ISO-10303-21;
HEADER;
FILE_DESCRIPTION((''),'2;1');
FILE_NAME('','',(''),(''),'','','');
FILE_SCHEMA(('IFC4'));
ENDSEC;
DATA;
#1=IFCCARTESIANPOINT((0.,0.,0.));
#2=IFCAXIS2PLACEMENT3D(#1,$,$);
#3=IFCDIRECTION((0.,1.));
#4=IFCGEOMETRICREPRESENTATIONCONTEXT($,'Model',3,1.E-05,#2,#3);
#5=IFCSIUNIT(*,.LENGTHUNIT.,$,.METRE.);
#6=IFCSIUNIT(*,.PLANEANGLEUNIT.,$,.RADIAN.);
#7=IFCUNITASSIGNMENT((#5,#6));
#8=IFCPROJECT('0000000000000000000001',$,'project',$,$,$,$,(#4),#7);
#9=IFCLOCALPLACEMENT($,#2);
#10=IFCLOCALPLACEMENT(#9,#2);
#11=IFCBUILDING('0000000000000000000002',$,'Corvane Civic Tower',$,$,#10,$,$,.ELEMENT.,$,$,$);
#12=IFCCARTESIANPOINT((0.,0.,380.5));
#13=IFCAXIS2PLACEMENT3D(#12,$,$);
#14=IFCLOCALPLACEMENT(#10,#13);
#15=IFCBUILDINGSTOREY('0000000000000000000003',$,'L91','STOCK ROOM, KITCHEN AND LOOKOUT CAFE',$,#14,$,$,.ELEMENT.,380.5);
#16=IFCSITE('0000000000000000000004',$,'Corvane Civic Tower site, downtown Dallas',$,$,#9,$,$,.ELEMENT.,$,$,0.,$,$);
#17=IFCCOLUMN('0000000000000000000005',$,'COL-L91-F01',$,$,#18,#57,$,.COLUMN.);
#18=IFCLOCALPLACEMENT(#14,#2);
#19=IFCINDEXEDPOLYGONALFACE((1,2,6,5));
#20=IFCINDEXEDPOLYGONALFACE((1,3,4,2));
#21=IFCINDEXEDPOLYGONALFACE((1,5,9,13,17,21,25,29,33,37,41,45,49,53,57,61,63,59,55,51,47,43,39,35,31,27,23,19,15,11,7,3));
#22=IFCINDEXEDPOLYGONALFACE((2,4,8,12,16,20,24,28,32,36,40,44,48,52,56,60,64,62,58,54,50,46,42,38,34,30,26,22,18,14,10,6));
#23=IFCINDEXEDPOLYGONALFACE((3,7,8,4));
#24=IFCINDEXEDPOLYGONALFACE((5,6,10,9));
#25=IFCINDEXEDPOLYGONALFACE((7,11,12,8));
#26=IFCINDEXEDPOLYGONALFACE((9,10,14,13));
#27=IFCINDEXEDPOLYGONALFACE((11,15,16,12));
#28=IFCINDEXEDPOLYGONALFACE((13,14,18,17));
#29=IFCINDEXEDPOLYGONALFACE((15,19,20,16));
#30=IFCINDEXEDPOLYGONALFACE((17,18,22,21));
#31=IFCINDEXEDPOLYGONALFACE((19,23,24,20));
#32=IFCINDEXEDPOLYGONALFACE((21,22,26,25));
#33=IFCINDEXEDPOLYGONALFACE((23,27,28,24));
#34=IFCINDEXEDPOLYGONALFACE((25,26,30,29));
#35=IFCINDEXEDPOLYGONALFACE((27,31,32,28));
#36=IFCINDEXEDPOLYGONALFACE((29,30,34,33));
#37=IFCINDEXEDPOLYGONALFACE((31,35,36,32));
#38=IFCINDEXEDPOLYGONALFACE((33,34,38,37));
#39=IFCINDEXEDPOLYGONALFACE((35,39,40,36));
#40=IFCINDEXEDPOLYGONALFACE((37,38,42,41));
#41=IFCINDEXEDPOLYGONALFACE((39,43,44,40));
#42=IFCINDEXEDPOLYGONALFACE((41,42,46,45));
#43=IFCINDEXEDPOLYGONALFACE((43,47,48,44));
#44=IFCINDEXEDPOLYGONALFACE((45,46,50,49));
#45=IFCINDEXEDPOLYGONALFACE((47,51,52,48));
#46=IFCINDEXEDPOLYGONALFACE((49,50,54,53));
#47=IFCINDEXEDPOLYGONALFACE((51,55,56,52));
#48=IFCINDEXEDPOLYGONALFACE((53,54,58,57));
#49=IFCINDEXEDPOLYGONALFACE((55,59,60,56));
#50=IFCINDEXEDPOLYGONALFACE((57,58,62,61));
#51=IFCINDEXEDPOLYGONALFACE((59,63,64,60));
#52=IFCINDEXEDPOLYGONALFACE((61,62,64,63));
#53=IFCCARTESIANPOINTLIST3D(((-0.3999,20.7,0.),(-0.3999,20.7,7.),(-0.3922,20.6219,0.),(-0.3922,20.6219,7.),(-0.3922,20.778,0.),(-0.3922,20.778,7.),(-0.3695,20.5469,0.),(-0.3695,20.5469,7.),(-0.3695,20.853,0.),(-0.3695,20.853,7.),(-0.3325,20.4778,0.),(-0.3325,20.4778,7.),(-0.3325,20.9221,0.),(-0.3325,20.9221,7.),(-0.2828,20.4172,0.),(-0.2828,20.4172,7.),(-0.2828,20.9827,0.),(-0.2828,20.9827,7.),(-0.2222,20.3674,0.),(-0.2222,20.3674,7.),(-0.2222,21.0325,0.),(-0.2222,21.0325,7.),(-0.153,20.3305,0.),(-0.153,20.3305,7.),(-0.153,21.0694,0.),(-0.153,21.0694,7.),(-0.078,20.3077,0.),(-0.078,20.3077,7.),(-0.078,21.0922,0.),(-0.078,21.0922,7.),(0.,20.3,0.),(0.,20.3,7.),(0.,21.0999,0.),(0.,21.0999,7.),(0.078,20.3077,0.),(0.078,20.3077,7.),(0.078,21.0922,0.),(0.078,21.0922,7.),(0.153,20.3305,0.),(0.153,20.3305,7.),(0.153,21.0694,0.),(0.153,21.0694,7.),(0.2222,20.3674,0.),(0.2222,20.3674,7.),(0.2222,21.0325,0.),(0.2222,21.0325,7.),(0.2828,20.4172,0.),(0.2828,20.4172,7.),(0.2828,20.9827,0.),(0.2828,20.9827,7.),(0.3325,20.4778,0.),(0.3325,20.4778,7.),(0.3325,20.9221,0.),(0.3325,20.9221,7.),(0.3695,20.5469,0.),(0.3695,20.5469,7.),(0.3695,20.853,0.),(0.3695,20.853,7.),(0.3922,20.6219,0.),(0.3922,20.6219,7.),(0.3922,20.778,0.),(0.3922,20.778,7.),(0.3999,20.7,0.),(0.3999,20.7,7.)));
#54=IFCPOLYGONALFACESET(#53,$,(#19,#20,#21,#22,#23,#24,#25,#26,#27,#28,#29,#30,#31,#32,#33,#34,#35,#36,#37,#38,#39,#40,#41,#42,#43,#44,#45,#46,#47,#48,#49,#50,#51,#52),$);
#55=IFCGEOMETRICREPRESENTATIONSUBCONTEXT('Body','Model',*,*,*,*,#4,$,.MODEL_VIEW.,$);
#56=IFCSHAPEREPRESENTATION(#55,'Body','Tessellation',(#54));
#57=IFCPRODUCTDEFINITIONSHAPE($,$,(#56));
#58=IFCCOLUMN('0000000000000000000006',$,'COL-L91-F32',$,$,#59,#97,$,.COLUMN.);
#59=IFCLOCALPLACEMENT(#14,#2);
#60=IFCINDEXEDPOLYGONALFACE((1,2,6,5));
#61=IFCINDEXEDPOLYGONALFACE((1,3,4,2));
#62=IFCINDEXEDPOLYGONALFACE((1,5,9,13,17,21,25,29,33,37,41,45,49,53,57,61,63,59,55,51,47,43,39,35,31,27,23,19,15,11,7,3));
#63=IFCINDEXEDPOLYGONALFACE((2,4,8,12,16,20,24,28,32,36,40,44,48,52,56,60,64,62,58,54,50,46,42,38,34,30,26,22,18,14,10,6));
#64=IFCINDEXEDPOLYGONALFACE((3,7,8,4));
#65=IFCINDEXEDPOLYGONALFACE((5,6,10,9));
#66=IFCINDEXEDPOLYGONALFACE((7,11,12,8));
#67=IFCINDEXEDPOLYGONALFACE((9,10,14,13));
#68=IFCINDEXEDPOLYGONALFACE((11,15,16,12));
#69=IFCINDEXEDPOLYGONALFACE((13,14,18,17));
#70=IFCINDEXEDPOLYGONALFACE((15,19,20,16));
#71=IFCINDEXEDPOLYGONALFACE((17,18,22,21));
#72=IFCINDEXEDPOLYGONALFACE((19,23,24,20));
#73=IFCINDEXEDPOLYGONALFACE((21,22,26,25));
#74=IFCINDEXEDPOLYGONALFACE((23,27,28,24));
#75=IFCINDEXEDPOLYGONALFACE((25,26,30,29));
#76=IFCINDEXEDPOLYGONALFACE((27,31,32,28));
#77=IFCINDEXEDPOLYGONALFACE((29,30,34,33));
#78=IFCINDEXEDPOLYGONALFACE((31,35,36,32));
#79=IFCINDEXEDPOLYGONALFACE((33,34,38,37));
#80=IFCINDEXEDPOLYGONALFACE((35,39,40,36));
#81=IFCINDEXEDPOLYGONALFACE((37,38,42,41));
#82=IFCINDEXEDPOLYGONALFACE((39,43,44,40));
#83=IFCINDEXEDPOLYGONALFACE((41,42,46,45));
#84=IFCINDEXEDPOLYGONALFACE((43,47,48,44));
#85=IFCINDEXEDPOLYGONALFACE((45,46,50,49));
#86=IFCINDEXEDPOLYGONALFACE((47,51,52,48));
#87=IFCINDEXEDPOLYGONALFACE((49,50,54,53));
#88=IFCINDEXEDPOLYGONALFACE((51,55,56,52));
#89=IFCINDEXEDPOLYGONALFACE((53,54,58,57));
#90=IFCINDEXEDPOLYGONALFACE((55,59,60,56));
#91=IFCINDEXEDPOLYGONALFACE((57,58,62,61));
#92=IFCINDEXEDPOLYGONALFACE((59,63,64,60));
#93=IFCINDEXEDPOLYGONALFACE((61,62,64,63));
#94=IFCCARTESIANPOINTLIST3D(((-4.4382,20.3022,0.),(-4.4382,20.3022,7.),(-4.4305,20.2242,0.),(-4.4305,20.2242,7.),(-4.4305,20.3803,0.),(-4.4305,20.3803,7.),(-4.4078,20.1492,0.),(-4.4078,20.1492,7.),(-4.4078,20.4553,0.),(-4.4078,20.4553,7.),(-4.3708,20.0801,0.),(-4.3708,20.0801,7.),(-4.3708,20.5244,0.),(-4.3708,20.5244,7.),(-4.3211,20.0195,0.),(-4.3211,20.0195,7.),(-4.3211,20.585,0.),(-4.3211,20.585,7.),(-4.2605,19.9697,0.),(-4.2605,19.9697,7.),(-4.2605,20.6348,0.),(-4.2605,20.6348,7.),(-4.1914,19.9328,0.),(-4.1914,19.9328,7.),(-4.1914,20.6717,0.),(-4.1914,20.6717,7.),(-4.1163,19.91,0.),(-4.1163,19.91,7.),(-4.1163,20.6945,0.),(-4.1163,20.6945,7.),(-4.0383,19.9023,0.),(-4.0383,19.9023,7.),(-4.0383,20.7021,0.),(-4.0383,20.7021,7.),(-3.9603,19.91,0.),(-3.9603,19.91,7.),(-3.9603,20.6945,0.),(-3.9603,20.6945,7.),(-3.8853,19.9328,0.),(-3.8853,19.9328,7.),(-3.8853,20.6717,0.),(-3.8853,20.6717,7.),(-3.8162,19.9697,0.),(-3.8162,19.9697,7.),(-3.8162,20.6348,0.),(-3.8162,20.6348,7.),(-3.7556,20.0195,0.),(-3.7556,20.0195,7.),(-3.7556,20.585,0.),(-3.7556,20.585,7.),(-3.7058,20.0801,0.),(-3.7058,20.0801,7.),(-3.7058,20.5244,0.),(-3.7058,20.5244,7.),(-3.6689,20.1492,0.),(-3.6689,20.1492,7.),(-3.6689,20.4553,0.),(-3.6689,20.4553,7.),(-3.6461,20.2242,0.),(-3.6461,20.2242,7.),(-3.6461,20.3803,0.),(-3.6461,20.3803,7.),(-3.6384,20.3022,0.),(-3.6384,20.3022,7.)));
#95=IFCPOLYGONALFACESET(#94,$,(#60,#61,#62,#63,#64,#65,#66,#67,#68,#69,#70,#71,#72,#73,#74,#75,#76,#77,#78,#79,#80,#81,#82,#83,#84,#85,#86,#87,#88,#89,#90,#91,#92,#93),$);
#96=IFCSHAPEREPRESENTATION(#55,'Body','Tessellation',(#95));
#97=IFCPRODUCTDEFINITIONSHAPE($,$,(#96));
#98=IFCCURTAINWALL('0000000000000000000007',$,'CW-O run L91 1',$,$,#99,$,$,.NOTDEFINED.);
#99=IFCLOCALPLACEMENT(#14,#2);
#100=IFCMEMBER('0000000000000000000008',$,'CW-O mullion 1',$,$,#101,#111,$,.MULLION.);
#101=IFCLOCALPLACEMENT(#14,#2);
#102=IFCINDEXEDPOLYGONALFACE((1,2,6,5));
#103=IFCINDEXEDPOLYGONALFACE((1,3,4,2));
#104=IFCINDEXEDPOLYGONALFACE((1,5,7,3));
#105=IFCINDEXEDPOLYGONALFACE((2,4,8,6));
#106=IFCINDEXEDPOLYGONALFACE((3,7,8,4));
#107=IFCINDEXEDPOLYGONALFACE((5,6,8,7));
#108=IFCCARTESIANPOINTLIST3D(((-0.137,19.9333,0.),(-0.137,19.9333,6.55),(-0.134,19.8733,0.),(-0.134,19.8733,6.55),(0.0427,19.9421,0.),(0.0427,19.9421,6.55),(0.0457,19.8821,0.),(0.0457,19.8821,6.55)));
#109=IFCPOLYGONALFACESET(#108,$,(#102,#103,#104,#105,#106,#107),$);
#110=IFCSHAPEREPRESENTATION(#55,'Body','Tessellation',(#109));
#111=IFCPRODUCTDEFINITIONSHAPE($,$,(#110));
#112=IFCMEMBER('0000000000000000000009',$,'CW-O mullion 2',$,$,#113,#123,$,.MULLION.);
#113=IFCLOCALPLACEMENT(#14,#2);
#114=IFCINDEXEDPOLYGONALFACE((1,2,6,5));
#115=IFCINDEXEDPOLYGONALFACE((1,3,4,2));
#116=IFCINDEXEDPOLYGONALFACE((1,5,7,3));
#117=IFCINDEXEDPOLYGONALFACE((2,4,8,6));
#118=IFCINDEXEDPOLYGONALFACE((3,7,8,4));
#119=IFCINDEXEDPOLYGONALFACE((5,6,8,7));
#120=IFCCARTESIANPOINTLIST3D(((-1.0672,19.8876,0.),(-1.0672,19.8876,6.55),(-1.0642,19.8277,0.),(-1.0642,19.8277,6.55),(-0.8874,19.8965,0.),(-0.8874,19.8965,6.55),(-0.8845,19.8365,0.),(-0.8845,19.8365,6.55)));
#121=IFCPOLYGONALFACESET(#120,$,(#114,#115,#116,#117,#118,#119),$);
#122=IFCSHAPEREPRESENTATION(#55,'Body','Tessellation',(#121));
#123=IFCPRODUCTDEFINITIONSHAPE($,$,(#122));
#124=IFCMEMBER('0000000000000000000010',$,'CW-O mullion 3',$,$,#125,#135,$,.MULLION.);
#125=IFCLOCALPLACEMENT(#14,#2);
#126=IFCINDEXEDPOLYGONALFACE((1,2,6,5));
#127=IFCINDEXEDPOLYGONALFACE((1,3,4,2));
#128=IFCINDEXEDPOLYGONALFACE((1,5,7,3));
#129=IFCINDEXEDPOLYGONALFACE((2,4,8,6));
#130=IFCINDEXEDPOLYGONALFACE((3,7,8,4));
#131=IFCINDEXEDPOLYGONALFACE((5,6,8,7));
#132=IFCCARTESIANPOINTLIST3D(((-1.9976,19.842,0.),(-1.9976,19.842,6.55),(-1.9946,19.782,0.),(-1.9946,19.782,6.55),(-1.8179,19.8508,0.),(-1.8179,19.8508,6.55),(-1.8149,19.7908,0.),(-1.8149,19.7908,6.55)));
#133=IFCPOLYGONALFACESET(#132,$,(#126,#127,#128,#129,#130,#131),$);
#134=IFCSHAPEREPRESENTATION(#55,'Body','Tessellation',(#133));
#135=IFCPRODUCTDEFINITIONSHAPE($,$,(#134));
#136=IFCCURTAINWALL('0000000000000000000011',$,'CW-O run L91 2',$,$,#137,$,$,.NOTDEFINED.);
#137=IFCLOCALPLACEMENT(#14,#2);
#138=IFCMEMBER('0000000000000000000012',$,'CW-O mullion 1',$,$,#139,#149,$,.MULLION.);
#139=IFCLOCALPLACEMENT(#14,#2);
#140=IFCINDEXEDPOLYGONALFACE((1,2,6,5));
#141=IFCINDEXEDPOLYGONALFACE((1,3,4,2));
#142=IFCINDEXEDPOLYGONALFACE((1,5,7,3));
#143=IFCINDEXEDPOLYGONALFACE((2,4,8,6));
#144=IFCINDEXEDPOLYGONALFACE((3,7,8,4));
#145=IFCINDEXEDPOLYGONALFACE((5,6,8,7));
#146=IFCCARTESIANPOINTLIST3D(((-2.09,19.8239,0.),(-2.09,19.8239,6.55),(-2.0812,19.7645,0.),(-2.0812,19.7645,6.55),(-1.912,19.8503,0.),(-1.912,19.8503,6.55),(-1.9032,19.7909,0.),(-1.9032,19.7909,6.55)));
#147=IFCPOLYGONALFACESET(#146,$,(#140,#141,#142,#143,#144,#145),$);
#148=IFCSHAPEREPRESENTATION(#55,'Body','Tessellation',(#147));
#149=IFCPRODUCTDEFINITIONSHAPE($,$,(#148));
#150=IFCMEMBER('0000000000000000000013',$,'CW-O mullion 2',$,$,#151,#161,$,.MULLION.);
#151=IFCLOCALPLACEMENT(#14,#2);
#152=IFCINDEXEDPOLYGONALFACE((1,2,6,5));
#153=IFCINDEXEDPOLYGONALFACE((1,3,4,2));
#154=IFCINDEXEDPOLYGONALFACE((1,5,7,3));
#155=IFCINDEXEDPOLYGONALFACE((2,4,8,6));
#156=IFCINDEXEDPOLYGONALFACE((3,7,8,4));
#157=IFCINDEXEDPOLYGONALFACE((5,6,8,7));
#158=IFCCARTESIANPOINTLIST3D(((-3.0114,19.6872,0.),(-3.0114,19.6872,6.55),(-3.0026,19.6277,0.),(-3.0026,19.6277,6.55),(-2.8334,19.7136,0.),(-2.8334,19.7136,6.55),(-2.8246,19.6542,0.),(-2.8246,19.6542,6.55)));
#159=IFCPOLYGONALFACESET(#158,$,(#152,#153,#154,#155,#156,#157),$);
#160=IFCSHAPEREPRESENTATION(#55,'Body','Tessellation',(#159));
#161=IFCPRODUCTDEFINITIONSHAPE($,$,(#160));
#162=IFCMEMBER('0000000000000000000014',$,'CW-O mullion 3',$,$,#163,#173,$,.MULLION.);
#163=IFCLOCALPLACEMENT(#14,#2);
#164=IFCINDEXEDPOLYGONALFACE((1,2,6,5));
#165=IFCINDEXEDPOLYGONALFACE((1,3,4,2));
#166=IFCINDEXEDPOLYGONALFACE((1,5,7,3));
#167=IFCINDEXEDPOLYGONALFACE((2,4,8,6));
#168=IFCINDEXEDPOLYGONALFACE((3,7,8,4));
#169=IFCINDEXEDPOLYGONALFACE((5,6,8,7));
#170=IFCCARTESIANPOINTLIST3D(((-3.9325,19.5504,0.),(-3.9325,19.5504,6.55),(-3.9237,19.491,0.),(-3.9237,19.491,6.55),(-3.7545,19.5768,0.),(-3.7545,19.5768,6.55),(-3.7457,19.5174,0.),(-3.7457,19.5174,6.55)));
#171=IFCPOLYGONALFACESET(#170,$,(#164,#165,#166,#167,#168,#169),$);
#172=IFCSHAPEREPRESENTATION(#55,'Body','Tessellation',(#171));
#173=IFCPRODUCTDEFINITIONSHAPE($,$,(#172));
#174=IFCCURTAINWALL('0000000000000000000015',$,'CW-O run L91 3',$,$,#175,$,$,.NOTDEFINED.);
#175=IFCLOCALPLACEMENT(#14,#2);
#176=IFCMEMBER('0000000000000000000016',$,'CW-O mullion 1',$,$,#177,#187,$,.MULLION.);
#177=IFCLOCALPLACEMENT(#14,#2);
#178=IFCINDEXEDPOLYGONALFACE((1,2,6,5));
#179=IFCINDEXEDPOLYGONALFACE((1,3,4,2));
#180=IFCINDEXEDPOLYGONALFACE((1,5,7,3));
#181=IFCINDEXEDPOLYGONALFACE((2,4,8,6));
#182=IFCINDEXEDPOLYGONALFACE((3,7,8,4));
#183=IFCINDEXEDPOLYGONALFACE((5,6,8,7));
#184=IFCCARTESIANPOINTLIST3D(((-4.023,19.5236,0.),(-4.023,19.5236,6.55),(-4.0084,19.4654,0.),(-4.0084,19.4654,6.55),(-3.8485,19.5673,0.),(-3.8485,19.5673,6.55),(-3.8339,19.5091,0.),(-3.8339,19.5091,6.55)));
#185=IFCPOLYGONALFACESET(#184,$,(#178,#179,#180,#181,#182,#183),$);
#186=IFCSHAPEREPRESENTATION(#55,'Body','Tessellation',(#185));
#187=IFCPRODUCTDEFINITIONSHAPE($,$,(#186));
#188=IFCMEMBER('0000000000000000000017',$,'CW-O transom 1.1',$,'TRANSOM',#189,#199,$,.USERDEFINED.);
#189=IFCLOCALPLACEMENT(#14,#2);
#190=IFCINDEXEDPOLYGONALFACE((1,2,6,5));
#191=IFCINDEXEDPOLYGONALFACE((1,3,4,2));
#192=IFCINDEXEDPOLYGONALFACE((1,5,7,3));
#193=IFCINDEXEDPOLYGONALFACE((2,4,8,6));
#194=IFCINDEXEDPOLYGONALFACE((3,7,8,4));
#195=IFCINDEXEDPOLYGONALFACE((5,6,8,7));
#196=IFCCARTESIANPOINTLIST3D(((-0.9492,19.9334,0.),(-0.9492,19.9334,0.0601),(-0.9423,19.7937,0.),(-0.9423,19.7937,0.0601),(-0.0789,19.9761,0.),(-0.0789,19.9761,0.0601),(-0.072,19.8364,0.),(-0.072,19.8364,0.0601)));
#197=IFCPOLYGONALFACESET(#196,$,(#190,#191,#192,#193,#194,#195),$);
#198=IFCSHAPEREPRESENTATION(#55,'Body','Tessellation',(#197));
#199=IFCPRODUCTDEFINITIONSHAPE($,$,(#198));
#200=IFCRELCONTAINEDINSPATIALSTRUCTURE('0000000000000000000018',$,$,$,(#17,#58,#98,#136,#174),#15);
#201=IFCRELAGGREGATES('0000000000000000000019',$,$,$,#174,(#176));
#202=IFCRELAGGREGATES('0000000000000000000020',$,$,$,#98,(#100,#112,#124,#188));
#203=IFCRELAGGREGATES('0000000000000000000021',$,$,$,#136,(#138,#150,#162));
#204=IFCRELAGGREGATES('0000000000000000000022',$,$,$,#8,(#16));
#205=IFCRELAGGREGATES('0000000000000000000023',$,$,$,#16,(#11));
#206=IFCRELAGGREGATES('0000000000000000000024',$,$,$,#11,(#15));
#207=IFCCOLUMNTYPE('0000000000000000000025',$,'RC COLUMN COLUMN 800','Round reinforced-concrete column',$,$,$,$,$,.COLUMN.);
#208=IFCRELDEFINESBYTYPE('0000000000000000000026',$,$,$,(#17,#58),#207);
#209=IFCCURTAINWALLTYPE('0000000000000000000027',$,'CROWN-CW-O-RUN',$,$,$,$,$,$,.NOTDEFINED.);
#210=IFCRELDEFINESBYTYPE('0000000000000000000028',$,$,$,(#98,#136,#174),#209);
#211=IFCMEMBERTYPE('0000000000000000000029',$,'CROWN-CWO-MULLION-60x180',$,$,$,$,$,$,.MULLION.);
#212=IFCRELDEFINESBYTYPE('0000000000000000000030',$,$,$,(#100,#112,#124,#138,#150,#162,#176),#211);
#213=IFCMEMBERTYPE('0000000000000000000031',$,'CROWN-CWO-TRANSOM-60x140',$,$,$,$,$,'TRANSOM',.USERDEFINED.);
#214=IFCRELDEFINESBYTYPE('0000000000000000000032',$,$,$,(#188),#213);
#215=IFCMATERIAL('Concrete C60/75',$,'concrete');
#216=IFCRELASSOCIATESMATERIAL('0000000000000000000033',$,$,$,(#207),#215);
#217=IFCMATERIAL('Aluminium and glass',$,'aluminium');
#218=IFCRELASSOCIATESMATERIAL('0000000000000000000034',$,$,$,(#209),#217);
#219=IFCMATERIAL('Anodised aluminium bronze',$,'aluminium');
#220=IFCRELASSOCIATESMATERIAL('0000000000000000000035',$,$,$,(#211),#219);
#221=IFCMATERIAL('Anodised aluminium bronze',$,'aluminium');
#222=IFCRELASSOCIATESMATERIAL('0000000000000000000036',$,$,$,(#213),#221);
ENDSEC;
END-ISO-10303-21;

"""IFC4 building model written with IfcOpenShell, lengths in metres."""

from ifc_helpers import new_model, si_unit, direction, frame, origin, origin_2d, place, context, subcontext, project, spatial, rectangle, circle, extrude, material, material_profile, profile_set, type_object, element, aggregate, save


model = new_model("IFC4")

# Units and contexts
model_context = context("Model", 3, precision=1e-05, world=origin(), true_north=direction((0.0, 1.0)))
body_context = subcontext(model_context, "Body", "Model", "MODEL_VIEW")
ifc_project = project(units=[si_unit("LENGTHUNIT", "METRE"), si_unit("PLANEANGLEUNIT", "RADIAN")], contexts=[model_context])

# Site, building, storey
site_placement = place(None, origin())
site = spatial("IfcSite", under=ifc_project, at=site_placement, Name="Corvane Civic Tower site, downtown Dallas", CompositionType="ELEMENT", RefElevation=0.0)
building_placement = place(site_placement, origin())
building = spatial("IfcBuilding", under=site, at=building_placement, Name="Corvane Civic Tower", CompositionType="ELEMENT")
storey_placement = place(building_placement, frame((0.0, 0.0, 380.5)))
storey = spatial("IfcBuildingStorey", under=building, at=storey_placement, Name="L91", Description="STOCK ROOM, KITCHEN AND LOOKOUT CAFE", CompositionType="ELEMENT", Elevation=380.5)

# Columns
ifc_material_1 = material(Name="Concrete C60/75", Category="concrete")
ifc_material_profile_1 = material_profile(ifc_material_1, circle(Radius=0.3999, at=origin_2d()), Name="COLUMN 800")
ifc_profile_set_1 = profile_set([ifc_material_profile_1], Name="Concrete C60/75")
column_type = type_object("IfcColumnType", Name="RC COLUMN COLUMN 800", Description="Round reinforced-concrete column", PredefinedType="COLUMN", material=ifc_profile_set_1)
for number, where, z_axis, x_axis, name in (
    (1, (0.0, 20.7, 0.0), (0.0, 0.0, 1.0), (1.0, 0.0, 0.0), "COL-L91-F01"),
    (2, (-4.0383, 20.3022, 0.0), (0.0, 0.0, 1.0), (1.0, 0.0, 0.0), "COL-L91-F32"),
):
    element("IfcColumn", number, at=place(storey_placement, frame(where, z_axis=z_axis, x_axis=x_axis)), inside=storey, type_object=column_type, Name=name, PredefinedType="COLUMN", context=body_context, shape_type="SweptSolid", body=[
        extrude(circle(Radius=0.3999, at=origin_2d()), origin(), (0.0, 0.0, 1.0), 7.0),
    ])

# Curtain walls, members
ifc_material_2 = material(Name="Aluminium and glass", Category="aluminium")
curtain_wall_type = type_object("IfcCurtainWallType", Name="CROWN-CW-O-RUN", PredefinedType="NOTDEFINED", material=ifc_material_2)
curtain_wall_1_placement = place(storey_placement, origin())
curtain_wall_1 = element("IfcCurtainWall", 3, at=curtain_wall_1_placement, inside=storey, type_object=curtain_wall_type, Name="CW-O run L91 1", PredefinedType="NOTDEFINED")
ifc_material_3 = material(Name="Anodised aluminium bronze", Category="aluminium")
ifc_material_profile_2 = material_profile(ifc_material_3, rectangle(XDim=0.0601, YDim=0.1799, at=origin_2d()), Name="AL 60x180")
ifc_profile_set_2 = profile_set([ifc_material_profile_2], Name="Anodised aluminium bronze")
member_type_1 = type_object("IfcMemberType", Name="CROWN-CWO-MULLION-60x180", PredefinedType="MULLION", material=ifc_profile_set_2)
member_1_placement = place(storey_placement, frame((-0.0457, 19.9077, 0.0), z_axis=(0.0, 0.0, 1.0), x_axis=(0.048991, -0.998799, 0.0)))
member_1 = element("IfcMember", 4, at=member_1_placement, type_object=member_type_1, Name="CW-O mullion 1", PredefinedType="MULLION", context=body_context, shape_type="SweptSolid", body=[
    extrude(rectangle(XDim=0.0601, YDim=0.1799, at=origin_2d()), origin(), (0.0, 0.0, 1.0), 6.55),
])
member_2_placement = place(storey_placement, frame((-0.9758, 19.8621, 0.0), z_axis=(0.0, 0.0, 1.0), x_axis=(0.048991, -0.998799, 0.0)))
member_2 = element("IfcMember", 5, at=member_2_placement, type_object=member_type_1, Name="CW-O mullion 2", PredefinedType="MULLION", context=body_context, shape_type="SweptSolid", body=[
    extrude(rectangle(XDim=0.0601, YDim=0.1799, at=origin_2d()), origin(), (0.0, 0.0, 1.0), 6.55),
])
member_3_placement = place(storey_placement, frame((-1.9062, 19.8164, 0.0), z_axis=(0.0, 0.0, 1.0), x_axis=(0.048991, -0.998799, 0.0)))
member_3 = element("IfcMember", 6, at=member_3_placement, type_object=member_type_1, Name="CW-O mullion 3", PredefinedType="MULLION", context=body_context, shape_type="SweptSolid", body=[
    extrude(rectangle(XDim=0.0601, YDim=0.1799, at=origin_2d()), origin(), (0.0, 0.0, 1.0), 6.55),
])
curtain_wall_2_placement = place(storey_placement, origin())
curtain_wall_2 = element("IfcCurtainWall", 7, at=curtain_wall_2_placement, inside=storey, type_object=curtain_wall_type, Name="CW-O run L91 2", PredefinedType="NOTDEFINED")
member_4_placement = place(storey_placement, frame((-1.9966, 19.8074, 0.0), z_axis=(0.0, 0.0, 1.0), x_axis=(0.146771, -0.98917, 0.0)))
member_4 = element("IfcMember", 8, at=member_4_placement, type_object=member_type_1, Name="CW-O mullion 1", PredefinedType="MULLION", context=body_context, shape_type="SweptSolid", body=[
    extrude(rectangle(XDim=0.0601, YDim=0.1799, at=origin_2d()), origin(), (0.0, 0.0, 1.0), 6.55),
])
member_5_placement = place(storey_placement, frame((-2.918, 19.6707, 0.0), z_axis=(0.0, 0.0, 1.0), x_axis=(0.146771, -0.98917, 0.0)))
member_5 = element("IfcMember", 9, at=member_5_placement, type_object=member_type_1, Name="CW-O mullion 2", PredefinedType="MULLION", context=body_context, shape_type="SweptSolid", body=[
    extrude(rectangle(XDim=0.0601, YDim=0.1799, at=origin_2d()), origin(), (0.0, 0.0, 1.0), 6.55),
])
member_6_placement = place(storey_placement, frame((-3.8391, 19.5339, 0.0), z_axis=(0.0, 0.0, 1.0), x_axis=(0.146771, -0.98917, 0.0)))
member_6 = element("IfcMember", 10, at=member_6_placement, type_object=member_type_1, Name="CW-O mullion 3", PredefinedType="MULLION", context=body_context, shape_type="SweptSolid", body=[
    extrude(rectangle(XDim=0.0601, YDim=0.1799, at=origin_2d()), origin(), (0.0, 0.0, 1.0), 6.55),
])

# Curtain wall, member
curtain_wall_3_placement = place(storey_placement, origin())
curtain_wall_3 = element("IfcCurtainWall", 11, at=curtain_wall_3_placement, inside=storey, type_object=curtain_wall_type, Name="CW-O run L91 3", PredefinedType="NOTDEFINED")
member_7_placement = place(storey_placement, frame((-3.9285, 19.5164, 0.0), z_axis=(0.0, 0.0, 1.0), x_axis=(0.242952, -0.970038, 0.0)))
member_7 = element("IfcMember", 12, at=member_7_placement, type_object=member_type_1, Name="CW-O mullion 1", PredefinedType="MULLION", context=body_context, shape_type="SweptSolid", body=[
    extrude(rectangle(XDim=0.0601, YDim=0.1799, at=origin_2d()), origin(), (0.0, 0.0, 1.0), 6.55),
])

# Member
ifc_material_4 = material(Name="Anodised aluminium bronze", Category="aluminium")
ifc_material_profile_3 = material_profile(ifc_material_4, rectangle(XDim=0.1399, YDim=0.0601, at=origin_2d()), Name="AL 140x60")
ifc_profile_set_3 = profile_set([ifc_material_profile_3], Name="Anodised aluminium bronze")
member_type_2 = type_object("IfcMemberType", Name="CROWN-CWO-TRANSOM-60x140", ElementType="TRANSOM", PredefinedType="USERDEFINED", material=ifc_profile_set_3)
member_8_placement = place(storey_placement, frame((-0.0754, 19.9062, 0.03), z_axis=(-0.998797, -0.049029, 0.0), x_axis=(0.049029, -0.998797, 0.0)))
member_8 = element("IfcMember", 13, at=member_8_placement, type_object=member_type_2, Name="CW-O transom 1.1", ObjectType="TRANSOM", PredefinedType="USERDEFINED", context=body_context, shape_type="SweptSolid", body=[
    extrude(rectangle(XDim=0.1399, YDim=0.0601, at=origin_2d()), origin(), (0.0, 0.0, 1.0), 0.8713),
])
aggregate(curtain_wall_3, [member_7])

aggregate(curtain_wall_1, [member_1, member_2, member_3, member_8])
aggregate(curtain_wall_2, [member_4, member_5, member_6])

save(model, "model.ifc")
